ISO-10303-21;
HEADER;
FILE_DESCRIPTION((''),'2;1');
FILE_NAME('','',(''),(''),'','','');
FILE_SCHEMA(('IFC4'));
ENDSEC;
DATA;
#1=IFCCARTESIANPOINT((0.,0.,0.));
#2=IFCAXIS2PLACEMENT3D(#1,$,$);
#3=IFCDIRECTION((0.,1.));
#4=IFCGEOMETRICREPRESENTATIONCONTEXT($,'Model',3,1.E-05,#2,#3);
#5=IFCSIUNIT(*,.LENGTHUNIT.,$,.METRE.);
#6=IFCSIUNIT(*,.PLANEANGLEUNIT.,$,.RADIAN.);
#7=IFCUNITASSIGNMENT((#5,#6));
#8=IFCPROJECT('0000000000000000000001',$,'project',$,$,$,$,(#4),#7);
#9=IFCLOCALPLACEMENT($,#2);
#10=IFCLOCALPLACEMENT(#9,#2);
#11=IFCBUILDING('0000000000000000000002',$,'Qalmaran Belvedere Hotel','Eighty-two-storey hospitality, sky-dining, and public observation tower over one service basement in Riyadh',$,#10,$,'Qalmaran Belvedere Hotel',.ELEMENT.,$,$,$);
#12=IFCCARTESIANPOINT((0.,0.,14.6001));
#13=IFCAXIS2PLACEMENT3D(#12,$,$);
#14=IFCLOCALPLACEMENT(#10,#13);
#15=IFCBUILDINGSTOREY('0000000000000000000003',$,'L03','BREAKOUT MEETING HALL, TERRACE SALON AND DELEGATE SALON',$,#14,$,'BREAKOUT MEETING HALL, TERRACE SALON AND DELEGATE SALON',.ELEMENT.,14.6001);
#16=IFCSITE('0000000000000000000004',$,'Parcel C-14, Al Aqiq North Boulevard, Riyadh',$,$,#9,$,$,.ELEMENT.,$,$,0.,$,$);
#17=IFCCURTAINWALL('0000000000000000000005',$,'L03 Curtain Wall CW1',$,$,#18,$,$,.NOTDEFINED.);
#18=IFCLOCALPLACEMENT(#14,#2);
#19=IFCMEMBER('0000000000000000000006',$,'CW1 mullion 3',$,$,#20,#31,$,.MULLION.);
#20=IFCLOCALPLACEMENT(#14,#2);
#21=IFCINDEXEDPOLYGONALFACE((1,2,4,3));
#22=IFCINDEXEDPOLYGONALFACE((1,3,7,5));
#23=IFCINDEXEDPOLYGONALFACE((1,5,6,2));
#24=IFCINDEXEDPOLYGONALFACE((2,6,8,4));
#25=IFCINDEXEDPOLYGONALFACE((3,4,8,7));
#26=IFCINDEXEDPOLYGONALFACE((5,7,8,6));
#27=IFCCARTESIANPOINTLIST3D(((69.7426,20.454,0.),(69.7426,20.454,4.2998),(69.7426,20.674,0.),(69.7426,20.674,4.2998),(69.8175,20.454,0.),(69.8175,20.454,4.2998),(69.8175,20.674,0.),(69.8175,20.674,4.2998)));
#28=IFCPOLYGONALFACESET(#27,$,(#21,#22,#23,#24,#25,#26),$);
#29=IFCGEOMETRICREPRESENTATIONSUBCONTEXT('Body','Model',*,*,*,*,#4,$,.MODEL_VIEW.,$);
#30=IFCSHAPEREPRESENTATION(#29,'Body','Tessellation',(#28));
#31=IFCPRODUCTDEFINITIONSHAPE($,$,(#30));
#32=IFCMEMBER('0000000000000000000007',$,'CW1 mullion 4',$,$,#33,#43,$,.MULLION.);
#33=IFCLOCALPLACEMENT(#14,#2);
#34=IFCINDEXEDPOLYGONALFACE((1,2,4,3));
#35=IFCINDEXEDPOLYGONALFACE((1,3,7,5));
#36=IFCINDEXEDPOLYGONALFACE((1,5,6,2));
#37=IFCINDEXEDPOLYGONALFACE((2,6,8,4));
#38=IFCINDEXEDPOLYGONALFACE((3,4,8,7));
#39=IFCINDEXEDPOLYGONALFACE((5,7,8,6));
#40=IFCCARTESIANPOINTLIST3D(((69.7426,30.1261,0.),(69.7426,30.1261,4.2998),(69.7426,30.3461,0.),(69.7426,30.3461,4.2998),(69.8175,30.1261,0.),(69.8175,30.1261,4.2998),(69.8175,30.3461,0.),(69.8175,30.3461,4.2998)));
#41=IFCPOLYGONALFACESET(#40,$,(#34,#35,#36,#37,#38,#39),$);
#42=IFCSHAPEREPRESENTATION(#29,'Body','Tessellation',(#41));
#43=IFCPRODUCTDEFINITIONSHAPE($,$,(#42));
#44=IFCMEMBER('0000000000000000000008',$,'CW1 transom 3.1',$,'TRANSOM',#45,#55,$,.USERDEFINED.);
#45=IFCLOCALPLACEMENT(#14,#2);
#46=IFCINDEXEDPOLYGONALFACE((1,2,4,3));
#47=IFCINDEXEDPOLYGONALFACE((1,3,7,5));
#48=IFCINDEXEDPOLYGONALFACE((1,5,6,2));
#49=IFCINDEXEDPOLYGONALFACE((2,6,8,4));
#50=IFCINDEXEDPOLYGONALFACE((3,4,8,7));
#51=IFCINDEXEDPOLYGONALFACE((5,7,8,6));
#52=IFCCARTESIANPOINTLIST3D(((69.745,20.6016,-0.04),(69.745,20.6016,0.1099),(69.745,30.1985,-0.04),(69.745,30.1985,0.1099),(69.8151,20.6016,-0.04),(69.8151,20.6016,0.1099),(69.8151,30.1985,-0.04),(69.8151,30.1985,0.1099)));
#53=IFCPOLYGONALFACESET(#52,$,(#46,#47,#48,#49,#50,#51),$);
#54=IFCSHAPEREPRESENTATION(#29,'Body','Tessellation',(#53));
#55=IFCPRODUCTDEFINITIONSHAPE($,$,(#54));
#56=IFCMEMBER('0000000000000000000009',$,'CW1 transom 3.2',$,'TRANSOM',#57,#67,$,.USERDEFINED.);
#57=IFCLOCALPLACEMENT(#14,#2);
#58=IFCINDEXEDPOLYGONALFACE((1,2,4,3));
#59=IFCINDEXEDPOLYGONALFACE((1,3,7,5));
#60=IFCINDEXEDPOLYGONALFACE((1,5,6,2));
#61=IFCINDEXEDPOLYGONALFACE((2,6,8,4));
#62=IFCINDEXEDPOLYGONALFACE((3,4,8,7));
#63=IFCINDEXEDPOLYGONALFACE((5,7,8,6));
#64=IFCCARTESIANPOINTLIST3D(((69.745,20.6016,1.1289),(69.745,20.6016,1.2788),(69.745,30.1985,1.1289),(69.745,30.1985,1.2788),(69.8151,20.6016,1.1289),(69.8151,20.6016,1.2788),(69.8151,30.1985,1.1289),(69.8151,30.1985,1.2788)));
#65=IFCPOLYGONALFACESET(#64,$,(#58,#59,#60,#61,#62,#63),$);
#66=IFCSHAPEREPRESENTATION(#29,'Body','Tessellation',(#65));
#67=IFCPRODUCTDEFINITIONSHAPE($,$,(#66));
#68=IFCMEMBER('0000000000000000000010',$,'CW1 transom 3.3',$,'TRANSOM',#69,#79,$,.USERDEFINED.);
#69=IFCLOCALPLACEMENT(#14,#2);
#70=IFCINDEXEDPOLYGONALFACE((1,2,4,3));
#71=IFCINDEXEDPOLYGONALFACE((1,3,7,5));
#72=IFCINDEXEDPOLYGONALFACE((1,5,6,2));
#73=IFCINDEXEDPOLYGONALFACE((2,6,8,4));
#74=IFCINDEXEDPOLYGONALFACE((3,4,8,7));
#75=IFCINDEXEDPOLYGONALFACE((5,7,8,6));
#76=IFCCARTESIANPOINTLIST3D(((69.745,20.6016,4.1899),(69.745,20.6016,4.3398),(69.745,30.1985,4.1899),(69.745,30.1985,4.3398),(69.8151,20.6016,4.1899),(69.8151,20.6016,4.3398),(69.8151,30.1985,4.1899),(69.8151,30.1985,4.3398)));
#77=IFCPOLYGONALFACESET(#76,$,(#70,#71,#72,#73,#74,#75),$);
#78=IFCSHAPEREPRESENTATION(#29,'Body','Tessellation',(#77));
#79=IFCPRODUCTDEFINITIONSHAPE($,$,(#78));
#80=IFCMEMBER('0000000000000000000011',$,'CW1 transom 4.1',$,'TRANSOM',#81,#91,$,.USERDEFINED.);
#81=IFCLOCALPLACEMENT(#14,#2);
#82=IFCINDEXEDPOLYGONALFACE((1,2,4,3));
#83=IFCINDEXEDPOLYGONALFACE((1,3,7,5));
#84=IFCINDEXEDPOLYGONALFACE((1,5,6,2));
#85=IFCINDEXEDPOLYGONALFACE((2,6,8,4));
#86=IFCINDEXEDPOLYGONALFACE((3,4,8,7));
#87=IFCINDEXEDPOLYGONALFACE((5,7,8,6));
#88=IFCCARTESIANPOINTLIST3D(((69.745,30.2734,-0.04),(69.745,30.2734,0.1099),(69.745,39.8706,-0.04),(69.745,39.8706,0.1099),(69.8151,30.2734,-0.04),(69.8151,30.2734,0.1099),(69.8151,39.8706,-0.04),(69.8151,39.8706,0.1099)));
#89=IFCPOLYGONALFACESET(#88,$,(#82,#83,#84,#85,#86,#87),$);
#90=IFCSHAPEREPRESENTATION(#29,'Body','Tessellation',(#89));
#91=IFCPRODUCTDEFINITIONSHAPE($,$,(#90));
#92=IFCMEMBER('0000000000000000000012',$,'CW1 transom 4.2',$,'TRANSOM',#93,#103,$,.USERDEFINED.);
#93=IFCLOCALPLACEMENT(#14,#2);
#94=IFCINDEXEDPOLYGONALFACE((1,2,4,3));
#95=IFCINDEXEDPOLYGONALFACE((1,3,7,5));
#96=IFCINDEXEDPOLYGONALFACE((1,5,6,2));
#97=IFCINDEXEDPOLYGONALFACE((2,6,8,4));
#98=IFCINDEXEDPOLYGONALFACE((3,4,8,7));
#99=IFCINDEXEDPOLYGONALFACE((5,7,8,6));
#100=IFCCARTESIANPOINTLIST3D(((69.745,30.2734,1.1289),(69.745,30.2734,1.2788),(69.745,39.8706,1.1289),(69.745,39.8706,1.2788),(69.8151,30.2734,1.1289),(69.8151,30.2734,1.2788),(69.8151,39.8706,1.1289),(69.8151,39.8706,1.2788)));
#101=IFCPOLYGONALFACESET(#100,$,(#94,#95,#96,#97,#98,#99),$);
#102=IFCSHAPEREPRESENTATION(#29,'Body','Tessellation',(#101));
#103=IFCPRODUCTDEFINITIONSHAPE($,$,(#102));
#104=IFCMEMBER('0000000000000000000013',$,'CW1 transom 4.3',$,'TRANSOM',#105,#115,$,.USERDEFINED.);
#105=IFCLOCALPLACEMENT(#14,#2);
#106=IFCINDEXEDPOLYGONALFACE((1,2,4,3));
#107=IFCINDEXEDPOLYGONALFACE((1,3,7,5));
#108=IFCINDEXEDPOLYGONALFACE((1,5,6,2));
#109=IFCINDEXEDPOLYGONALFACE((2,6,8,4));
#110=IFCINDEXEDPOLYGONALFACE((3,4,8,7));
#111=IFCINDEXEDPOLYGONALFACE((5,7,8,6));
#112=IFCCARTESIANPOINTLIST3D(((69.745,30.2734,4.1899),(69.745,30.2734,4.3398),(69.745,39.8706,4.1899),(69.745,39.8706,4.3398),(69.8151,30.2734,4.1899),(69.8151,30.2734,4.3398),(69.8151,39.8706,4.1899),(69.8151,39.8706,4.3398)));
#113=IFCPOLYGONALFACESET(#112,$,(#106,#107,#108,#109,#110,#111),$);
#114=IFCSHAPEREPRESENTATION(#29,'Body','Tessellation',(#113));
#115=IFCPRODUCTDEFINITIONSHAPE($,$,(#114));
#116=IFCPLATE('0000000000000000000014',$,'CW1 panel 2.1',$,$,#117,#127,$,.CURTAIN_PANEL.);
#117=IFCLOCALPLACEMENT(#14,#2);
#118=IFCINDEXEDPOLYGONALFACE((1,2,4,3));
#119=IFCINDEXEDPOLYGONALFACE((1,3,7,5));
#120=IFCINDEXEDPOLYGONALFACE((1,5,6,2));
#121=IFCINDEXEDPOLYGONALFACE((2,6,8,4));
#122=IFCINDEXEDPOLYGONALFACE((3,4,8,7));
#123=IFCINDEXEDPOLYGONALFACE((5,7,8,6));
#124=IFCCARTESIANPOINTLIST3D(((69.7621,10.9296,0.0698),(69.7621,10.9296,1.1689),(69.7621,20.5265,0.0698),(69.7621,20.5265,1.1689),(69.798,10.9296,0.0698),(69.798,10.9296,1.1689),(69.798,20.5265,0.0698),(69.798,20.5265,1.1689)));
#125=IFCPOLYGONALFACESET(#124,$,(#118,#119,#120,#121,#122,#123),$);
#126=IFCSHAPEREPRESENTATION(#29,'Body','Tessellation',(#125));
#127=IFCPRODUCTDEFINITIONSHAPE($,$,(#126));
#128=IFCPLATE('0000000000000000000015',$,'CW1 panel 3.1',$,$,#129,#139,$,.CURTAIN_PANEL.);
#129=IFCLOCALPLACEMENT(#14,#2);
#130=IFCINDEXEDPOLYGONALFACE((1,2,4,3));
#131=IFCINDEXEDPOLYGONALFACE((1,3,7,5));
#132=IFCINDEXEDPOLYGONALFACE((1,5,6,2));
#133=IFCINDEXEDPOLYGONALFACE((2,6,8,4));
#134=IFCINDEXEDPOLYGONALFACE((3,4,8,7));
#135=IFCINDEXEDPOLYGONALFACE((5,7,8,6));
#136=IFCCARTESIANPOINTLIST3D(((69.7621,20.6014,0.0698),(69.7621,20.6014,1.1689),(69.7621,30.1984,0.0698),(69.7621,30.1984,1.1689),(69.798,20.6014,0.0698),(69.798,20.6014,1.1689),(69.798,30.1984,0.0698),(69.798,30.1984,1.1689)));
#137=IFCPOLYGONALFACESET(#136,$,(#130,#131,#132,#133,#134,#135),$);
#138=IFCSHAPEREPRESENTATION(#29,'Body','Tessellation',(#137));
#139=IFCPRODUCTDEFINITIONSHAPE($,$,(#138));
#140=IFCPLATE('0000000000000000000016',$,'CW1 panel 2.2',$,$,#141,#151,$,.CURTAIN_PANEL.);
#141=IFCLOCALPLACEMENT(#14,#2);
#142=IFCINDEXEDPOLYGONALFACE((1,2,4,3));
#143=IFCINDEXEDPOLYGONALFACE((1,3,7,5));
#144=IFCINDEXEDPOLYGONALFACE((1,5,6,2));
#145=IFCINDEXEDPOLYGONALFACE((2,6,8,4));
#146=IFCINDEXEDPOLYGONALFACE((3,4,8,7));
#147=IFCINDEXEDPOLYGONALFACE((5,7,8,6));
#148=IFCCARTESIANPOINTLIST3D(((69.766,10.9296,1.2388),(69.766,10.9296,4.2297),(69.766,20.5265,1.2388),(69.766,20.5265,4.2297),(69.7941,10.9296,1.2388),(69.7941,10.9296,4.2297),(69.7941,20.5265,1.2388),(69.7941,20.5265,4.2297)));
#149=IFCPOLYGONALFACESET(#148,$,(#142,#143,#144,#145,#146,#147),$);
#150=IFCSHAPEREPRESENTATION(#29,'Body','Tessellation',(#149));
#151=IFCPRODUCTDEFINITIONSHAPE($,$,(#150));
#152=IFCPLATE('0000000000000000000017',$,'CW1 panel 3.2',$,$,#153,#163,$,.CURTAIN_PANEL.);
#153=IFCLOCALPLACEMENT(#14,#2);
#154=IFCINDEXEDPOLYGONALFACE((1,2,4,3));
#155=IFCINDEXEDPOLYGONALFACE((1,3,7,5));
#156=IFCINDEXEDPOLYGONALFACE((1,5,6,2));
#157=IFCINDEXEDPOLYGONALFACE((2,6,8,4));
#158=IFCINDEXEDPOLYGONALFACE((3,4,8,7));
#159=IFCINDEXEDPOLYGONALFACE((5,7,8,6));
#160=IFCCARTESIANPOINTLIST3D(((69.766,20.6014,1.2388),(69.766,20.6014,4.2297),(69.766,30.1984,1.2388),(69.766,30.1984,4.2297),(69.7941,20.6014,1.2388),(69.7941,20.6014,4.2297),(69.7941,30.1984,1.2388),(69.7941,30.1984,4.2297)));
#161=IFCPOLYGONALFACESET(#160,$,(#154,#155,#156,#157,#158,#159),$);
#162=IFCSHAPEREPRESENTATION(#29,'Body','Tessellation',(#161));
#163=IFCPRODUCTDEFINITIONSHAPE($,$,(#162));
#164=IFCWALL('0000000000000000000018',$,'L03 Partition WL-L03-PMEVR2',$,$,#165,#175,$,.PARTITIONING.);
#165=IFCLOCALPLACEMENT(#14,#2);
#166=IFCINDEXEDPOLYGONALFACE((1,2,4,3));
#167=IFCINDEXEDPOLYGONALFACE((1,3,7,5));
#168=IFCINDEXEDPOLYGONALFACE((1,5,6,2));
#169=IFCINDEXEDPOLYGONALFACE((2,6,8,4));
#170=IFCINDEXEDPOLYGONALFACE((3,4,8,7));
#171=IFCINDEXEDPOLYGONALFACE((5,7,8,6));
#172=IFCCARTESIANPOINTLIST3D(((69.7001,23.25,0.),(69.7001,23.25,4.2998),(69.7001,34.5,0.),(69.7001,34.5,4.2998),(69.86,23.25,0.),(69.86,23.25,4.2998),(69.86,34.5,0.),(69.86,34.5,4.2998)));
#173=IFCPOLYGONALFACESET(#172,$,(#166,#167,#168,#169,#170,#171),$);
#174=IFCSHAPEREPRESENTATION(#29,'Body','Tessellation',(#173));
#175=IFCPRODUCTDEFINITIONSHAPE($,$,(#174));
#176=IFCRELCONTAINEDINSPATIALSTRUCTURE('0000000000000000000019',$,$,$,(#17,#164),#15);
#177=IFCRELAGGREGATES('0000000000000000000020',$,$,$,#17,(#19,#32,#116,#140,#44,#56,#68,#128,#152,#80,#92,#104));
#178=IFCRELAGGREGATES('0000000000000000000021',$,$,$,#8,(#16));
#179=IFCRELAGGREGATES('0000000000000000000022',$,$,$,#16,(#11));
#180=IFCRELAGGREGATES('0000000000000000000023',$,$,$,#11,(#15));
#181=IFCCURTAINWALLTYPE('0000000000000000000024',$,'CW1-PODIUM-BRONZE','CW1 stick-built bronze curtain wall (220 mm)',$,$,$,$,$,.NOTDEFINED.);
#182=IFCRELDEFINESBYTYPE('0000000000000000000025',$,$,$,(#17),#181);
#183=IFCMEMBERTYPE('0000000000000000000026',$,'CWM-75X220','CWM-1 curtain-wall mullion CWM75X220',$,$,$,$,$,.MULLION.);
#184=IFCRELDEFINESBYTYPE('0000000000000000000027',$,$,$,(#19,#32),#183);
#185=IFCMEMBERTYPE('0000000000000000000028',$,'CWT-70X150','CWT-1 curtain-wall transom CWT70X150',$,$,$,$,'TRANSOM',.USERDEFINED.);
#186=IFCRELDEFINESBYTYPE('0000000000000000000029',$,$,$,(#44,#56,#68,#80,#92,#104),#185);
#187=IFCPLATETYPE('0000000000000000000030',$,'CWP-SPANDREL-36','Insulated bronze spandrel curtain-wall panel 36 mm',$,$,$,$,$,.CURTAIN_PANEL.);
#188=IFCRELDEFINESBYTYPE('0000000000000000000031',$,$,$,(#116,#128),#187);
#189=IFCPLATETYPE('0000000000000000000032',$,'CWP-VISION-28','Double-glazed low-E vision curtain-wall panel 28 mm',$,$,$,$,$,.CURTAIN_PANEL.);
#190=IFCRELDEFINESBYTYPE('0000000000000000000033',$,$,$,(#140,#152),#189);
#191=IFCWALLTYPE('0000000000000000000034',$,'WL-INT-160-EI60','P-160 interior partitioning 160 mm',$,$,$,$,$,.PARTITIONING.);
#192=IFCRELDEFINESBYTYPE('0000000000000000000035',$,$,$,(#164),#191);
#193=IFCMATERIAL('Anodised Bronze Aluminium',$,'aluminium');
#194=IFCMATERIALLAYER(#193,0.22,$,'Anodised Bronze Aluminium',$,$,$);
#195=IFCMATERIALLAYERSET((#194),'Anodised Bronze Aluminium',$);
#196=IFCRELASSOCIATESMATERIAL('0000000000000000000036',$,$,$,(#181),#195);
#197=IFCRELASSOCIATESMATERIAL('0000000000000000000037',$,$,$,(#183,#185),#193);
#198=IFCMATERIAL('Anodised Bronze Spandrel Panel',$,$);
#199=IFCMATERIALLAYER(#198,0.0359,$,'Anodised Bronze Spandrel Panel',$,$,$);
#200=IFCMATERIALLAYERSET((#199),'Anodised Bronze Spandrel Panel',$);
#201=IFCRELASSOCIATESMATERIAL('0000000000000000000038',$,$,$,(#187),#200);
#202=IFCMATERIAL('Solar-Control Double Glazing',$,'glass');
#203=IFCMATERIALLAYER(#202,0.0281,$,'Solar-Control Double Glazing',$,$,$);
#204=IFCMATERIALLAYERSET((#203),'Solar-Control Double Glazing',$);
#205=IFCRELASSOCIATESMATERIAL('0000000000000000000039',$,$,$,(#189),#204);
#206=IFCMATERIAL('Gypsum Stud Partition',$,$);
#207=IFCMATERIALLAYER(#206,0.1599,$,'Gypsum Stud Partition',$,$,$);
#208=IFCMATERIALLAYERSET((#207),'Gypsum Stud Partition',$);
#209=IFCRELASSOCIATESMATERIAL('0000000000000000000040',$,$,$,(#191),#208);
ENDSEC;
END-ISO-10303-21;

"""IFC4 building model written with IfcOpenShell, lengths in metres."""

from ifc_helpers import new_model, si_unit, direction, frame, frame_2d, origin, origin_2d, place, context, subcontext, project, spatial, rectangle, extrude, material, layer, layer_set, material_profile, profile_set, type_object, element, aggregate, save


model = new_model("IFC4")

# Units and contexts
model_context = context("Model", 3, precision=1e-05, world=origin(), true_north=direction((0.0, 1.0)))
body_context = subcontext(model_context, "Body", "Model", "MODEL_VIEW")
ifc_project = project(units=[si_unit("LENGTHUNIT", "METRE"), si_unit("PLANEANGLEUNIT", "RADIAN")], contexts=[model_context])

# Site, building, storey
site_placement = place(None, origin())
site = spatial("IfcSite", under=ifc_project, at=site_placement, Name="Parcel C-14, Al Aqiq North Boulevard, Riyadh", CompositionType="ELEMENT", RefElevation=0.0)
building_placement = place(site_placement, origin())
building = spatial("IfcBuilding", under=site, at=building_placement, Name="Qalmaran Belvedere Hotel", Description="Eighty-two-storey hospitality, sky-dining, and public observation tower over one service basement in Riyadh", LongName="Qalmaran Belvedere Hotel", CompositionType="ELEMENT")
storey_placement = place(building_placement, frame((0.0, 0.0, 14.6001)))
storey = spatial("IfcBuildingStorey", under=building, at=storey_placement, Name="L03", Description="BREAKOUT MEETING HALL, TERRACE SALON AND DELEGATE SALON", LongName="BREAKOUT MEETING HALL, TERRACE SALON AND DELEGATE SALON", CompositionType="ELEMENT", Elevation=14.6001)

# Curtain wall, members, plates
ifc_material_1 = material(Name="Anodised Bronze Aluminium", Category="aluminium")
ifc_layer_1 = layer(ifc_material_1, 0.22, Name="Anodised Bronze Aluminium")
ifc_layer_set_1 = layer_set([ifc_layer_1], Name="Anodised Bronze Aluminium")
curtain_wall_type = type_object("IfcCurtainWallType", Name="CW1-PODIUM-BRONZE", Description="CW1 stick-built bronze curtain wall (220 mm)", PredefinedType="NOTDEFINED", material=ifc_layer_set_1)
curtain_wall_placement = place(storey_placement, origin())
curtain_wall = element("IfcCurtainWall", 1, at=curtain_wall_placement, inside=storey, type_object=curtain_wall_type, Name="L03 Curtain Wall CW1", PredefinedType="NOTDEFINED")
ifc_material_profile_1 = material_profile(ifc_material_1, rectangle(XDim=0.075, YDim=0.22, at=origin_2d()), Name="CWM75X220")
ifc_profile_set_1 = profile_set([ifc_material_profile_1], Name="Anodised Bronze Aluminium")
member_type_1 = type_object("IfcMemberType", Name="CWM-75X220", Description="CWM-1 curtain-wall mullion CWM75X220", PredefinedType="MULLION", material=ifc_profile_set_1)
member_1_placement = place(storey_placement, frame((69.78, 20.564, 0.0), z_axis=(0.0, 0.0, 1.0), x_axis=(-1.0, 0.0, 0.0)))
member_1 = element("IfcMember", 2, at=member_1_placement, type_object=member_type_1, Name="CW1 mullion 3", PredefinedType="MULLION", context=body_context, shape_type="SweptSolid", body=[
    extrude(rectangle(XDim=0.075, YDim=0.22, at=origin_2d()), origin(), (0.0, 0.0, 1.0), 4.2998),
])
member_2_placement = place(storey_placement, frame((69.78, 30.2361, 0.0), z_axis=(0.0, 0.0, 1.0), x_axis=(-1.0, 0.0, 0.0)))
member_2 = element("IfcMember", 3, at=member_2_placement, type_object=member_type_1, Name="CW1 mullion 4", PredefinedType="MULLION", context=body_context, shape_type="SweptSolid", body=[
    extrude(rectangle(XDim=0.075, YDim=0.22, at=origin_2d()), origin(), (0.0, 0.0, 1.0), 4.2998),
])
ifc_material_profile_2 = material_profile(ifc_material_1, rectangle(XDim=0.0701, YDim=0.1499, at=origin_2d()), Name="CWT70X150")
ifc_profile_set_2 = profile_set([ifc_material_profile_2], Name="Anodised Bronze Aluminium")
member_type_2 = type_object("IfcMemberType", Name="CWT-70X150", Description="CWT-1 curtain-wall transom CWT70X150", ElementType="TRANSOM", PredefinedType="USERDEFINED", material=ifc_profile_set_2)
member_3_placement = place(storey_placement, frame((69.78, 20.6016, 0.0349), z_axis=(0.0, 1.0, 0.0), x_axis=(-1.0, 0.0, 0.0)))
member_3 = element("IfcMember", 4, at=member_3_placement, type_object=member_type_2, Name="CW1 transom 3.1", ObjectType="TRANSOM", PredefinedType="USERDEFINED", context=body_context, shape_type="SweptSolid", body=[
    extrude(rectangle(XDim=0.0701, YDim=0.1499, at=origin_2d()), origin(), (0.0, 0.0, 1.0), 9.5969),
])
member_4_placement = place(storey_placement, frame((69.78, 20.6016, 1.2039), z_axis=(0.0, 1.0, 0.0), x_axis=(-1.0, 0.0, 0.0)))
member_4 = element("IfcMember", 5, at=member_4_placement, type_object=member_type_2, Name="CW1 transom 3.2", ObjectType="TRANSOM", PredefinedType="USERDEFINED", context=body_context, shape_type="SweptSolid", body=[
    extrude(rectangle(XDim=0.0701, YDim=0.1499, at=origin_2d()), origin(), (0.0, 0.0, 1.0), 9.5969),
])
member_5_placement = place(storey_placement, frame((69.78, 20.6016, 4.2649), z_axis=(0.0, 1.0, 0.0), x_axis=(-1.0, 0.0, 0.0)))
member_5 = element("IfcMember", 6, at=member_5_placement, type_object=member_type_2, Name="CW1 transom 3.3", ObjectType="TRANSOM", PredefinedType="USERDEFINED", context=body_context, shape_type="SweptSolid", body=[
    extrude(rectangle(XDim=0.0701, YDim=0.1499, at=origin_2d()), origin(), (0.0, 0.0, 1.0), 9.5969),
])
member_6_placement = place(storey_placement, frame((69.78, 30.2734, 0.0349), z_axis=(0.0, 1.0, 0.0), x_axis=(-1.0, 0.0, 0.0)))
member_6 = element("IfcMember", 7, at=member_6_placement, type_object=member_type_2, Name="CW1 transom 4.1", ObjectType="TRANSOM", PredefinedType="USERDEFINED", context=body_context, shape_type="SweptSolid", body=[
    extrude(rectangle(XDim=0.0701, YDim=0.1499, at=origin_2d()), origin(), (0.0, 0.0, 1.0), 9.5972),
])
member_7_placement = place(storey_placement, frame((69.78, 30.2734, 1.2039), z_axis=(0.0, 1.0, 0.0), x_axis=(-1.0, 0.0, 0.0)))
member_7 = element("IfcMember", 8, at=member_7_placement, type_object=member_type_2, Name="CW1 transom 4.2", ObjectType="TRANSOM", PredefinedType="USERDEFINED", context=body_context, shape_type="SweptSolid", body=[
    extrude(rectangle(XDim=0.0701, YDim=0.1499, at=origin_2d()), origin(), (0.0, 0.0, 1.0), 9.5972),
])
member_8_placement = place(storey_placement, frame((69.78, 30.2734, 4.2649), z_axis=(0.0, 1.0, 0.0), x_axis=(-1.0, 0.0, 0.0)))
member_8 = element("IfcMember", 9, at=member_8_placement, type_object=member_type_2, Name="CW1 transom 4.3", ObjectType="TRANSOM", PredefinedType="USERDEFINED", context=body_context, shape_type="SweptSolid", body=[
    extrude(rectangle(XDim=0.0701, YDim=0.1499, at=origin_2d()), origin(), (0.0, 0.0, 1.0), 9.5972),
])
ifc_material_2 = material(Name="Anodised Bronze Spandrel Panel")
ifc_layer_2 = layer(ifc_material_2, 0.0359, Name="Anodised Bronze Spandrel Panel")
ifc_layer_set_2 = layer_set([ifc_layer_2], Name="Anodised Bronze Spandrel Panel")
plate_type_1 = type_object("IfcPlateType", Name="CWP-SPANDREL-36", Description="Insulated bronze spandrel curtain-wall panel 36 mm", PredefinedType="CURTAIN_PANEL", material=ifc_layer_set_2)
plate_1_placement = place(storey_placement, frame((69.78, 15.728, 0.0698), z_axis=(0.0, 0.0, 1.0), x_axis=(0.0, 1.0, 0.0)))
plate_1 = element("IfcPlate", 10, at=plate_1_placement, type_object=plate_type_1, Name="CW1 panel 2.1", PredefinedType="CURTAIN_PANEL", context=body_context, shape_type="SweptSolid", body=[
    extrude(rectangle(XDim=9.5969, YDim=0.0359, at=origin_2d()), origin(), (0.0, 0.0, 1.0), 1.0991),
])
plate_2_placement = place(storey_placement, frame((69.78, 25.3999, 0.0698), z_axis=(0.0, 0.0, 1.0), x_axis=(0.0, 1.0, 0.0)))
plate_2 = element("IfcPlate", 11, at=plate_2_placement, type_object=plate_type_1, Name="CW1 panel 3.1", PredefinedType="CURTAIN_PANEL", context=body_context, shape_type="SweptSolid", body=[
    extrude(rectangle(XDim=9.5969, YDim=0.0359, at=origin_2d()), origin(), (0.0, 0.0, 1.0), 1.0991),
])
ifc_material_3 = material(Name="Solar-Control Double Glazing", Category="glass")
ifc_layer_3 = layer(ifc_material_3, 0.0281, Name="Solar-Control Double Glazing")
ifc_layer_set_3 = layer_set([ifc_layer_3], Name="Solar-Control Double Glazing")
plate_type_2 = type_object("IfcPlateType", Name="CWP-VISION-28", Description="Double-glazed low-E vision curtain-wall panel 28 mm", PredefinedType="CURTAIN_PANEL", material=ifc_layer_set_3)
plate_3_placement = place(storey_placement, frame((69.78, 15.728, 1.2388), z_axis=(0.0, 0.0, 1.0), x_axis=(0.0, 1.0, 0.0)))
plate_3 = element("IfcPlate", 12, at=plate_3_placement, type_object=plate_type_2, Name="CW1 panel 2.2", PredefinedType="CURTAIN_PANEL", context=body_context, shape_type="SweptSolid", body=[
    extrude(rectangle(XDim=9.5969, YDim=0.0281, at=origin_2d()), origin(), (0.0, 0.0, 1.0), 2.991),
])
plate_4_placement = place(storey_placement, frame((69.78, 25.3999, 1.2388), z_axis=(0.0, 0.0, 1.0), x_axis=(0.0, 1.0, 0.0)))
plate_4 = element("IfcPlate", 13, at=plate_4_placement, type_object=plate_type_2, Name="CW1 panel 3.2", PredefinedType="CURTAIN_PANEL", context=body_context, shape_type="SweptSolid", body=[
    extrude(rectangle(XDim=9.5969, YDim=0.0281, at=origin_2d()), origin(), (0.0, 0.0, 1.0), 2.991),
])
aggregate(curtain_wall, [member_1, member_2, plate_1, plate_3, member_3, member_4, member_5, plate_2, plate_4, member_6, member_7, member_8])

# Wall
ifc_material_4 = material(Name="Gypsum Stud Partition")
ifc_layer_4 = layer(ifc_material_4, 0.1599, Name="Gypsum Stud Partition")
ifc_layer_set_4 = layer_set([ifc_layer_4], Name="Gypsum Stud Partition")
wall_type_1 = type_object("IfcWallType", Name="WL-INT-160-EI60", Description="P-160 interior partitioning 160 mm", PredefinedType="PARTITIONING", material=ifc_layer_set_4)
wall_1_placement = place(storey_placement, frame((69.78, 23.25, 0.0), z_axis=(0.0, 0.0, 1.0), x_axis=(0.0, 1.0, 0.0)))
element("IfcWall", 14, at=wall_1_placement, inside=storey, type_object=wall_type_1, Name="L03 Partition WL-L03-PMEVR2", PredefinedType="PARTITIONING", context=body_context, shape_type="SweptSolid", body=[
    extrude(rectangle(XDim=11.25, YDim=0.1599, at=frame_2d((5.625, 0.0))), origin(), (0.0, 0.0, 1.0), 4.2998),
])

save(model, "model.ifc")
